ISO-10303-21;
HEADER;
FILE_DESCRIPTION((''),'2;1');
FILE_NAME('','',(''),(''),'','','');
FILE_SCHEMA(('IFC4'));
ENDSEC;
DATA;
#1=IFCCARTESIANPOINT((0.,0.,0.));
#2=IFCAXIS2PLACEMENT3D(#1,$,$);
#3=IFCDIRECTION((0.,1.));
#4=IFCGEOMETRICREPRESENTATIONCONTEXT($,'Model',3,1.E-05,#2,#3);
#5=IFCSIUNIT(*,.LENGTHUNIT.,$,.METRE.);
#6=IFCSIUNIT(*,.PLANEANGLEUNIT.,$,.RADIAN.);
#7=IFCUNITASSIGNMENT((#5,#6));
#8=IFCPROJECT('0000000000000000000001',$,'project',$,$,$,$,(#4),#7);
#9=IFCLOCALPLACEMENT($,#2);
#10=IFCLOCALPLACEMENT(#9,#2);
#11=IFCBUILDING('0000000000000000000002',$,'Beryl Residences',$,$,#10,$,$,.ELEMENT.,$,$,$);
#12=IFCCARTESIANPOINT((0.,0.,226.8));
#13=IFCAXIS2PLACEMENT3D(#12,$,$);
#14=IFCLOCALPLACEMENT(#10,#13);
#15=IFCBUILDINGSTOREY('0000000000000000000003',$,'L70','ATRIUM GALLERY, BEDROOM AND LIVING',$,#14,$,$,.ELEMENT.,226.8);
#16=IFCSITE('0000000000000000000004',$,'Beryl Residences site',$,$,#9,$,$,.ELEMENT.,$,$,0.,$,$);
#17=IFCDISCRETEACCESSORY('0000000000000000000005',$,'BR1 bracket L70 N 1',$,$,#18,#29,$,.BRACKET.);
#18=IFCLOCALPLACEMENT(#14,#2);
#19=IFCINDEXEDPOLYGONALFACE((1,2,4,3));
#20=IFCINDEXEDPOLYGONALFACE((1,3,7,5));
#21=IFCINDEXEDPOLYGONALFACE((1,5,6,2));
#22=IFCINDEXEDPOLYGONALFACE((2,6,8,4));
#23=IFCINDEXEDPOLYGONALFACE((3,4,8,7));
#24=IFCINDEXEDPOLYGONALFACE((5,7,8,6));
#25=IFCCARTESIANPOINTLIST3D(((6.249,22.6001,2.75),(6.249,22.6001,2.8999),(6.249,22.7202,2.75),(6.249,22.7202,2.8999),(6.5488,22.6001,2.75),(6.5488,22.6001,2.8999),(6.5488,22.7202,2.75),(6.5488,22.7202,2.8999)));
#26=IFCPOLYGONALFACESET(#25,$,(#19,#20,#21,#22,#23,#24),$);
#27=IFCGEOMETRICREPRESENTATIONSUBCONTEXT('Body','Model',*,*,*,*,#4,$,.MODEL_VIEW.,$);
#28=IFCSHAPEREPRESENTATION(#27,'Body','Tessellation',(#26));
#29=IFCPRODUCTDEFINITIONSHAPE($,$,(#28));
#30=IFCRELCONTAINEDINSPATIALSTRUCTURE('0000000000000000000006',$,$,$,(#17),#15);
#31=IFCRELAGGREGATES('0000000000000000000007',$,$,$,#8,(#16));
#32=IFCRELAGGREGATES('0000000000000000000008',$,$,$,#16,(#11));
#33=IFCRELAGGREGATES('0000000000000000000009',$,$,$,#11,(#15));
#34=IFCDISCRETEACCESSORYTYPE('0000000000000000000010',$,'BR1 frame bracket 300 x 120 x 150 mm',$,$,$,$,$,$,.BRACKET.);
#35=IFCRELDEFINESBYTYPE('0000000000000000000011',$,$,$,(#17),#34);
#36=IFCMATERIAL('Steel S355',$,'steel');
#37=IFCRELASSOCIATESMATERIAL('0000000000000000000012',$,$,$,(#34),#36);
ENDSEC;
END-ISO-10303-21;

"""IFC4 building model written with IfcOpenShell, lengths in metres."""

from ifc_helpers import new_model, si_unit, direction, frame, origin, place, context, subcontext, project, spatial, polyline, outline, extrude, source, transform, mapped, material, type_object, type_shapes, element, save


model = new_model("IFC4")

# Units and contexts
model_context = context("Model", 3, precision=1e-05, world=origin(), true_north=direction((0.0, 1.0)))
body_context = subcontext(model_context, "Body", "Model", "MODEL_VIEW")
ifc_project = project(units=[si_unit("LENGTHUNIT", "METRE"), si_unit("PLANEANGLEUNIT", "RADIAN")], contexts=[model_context])

# Site, building, storey
site_placement = place(None, origin())
site = spatial("IfcSite", under=ifc_project, at=site_placement, Name="Beryl Residences site", CompositionType="ELEMENT", RefElevation=0.0)
building_placement = place(site_placement, origin())
building = spatial("IfcBuilding", under=site, at=building_placement, Name="Beryl Residences", CompositionType="ELEMENT")
storey_placement = place(building_placement, frame((0.0, 0.0, 226.8)))
storey = spatial("IfcBuildingStorey", under=building, at=storey_placement, Name="L70", Description="ATRIUM GALLERY, BEDROOM AND LIVING", CompositionType="ELEMENT", Elevation=226.8)

# Discrete accessory
ifc_material_1 = material(Name="Steel S355", Category="steel")
discrete_accessory_type = type_object("IfcDiscreteAccessoryType", Name="BR1 frame bracket 300 x 120 x 150 mm", PredefinedType="BRACKET", material=ifc_material_1)
shared_shape_1 = source(origin(), body_context, "Body", "SweptSolid", [
    extrude(outline(polyline([(-0.1499, 0.0), (0.1499, 0.0), (0.1499, 0.1201), (-0.1499, 0.1201), (-0.1499, 0.0)])), origin(), (0.0, 0.0, 1.0), 0.1499),
])
type_shapes(discrete_accessory_type, [shared_shape_1])
discrete_accessory_placement = place(storey_placement, frame((6.3989, 22.6001, 2.75), z_axis=(0.0, 0.0, 1.0), x_axis=(1.0, 0.0, 0.0)))
element("IfcDiscreteAccessory", 1, at=discrete_accessory_placement, inside=storey, type_object=discrete_accessory_type, Name="BR1 bracket L70 N 1", PredefinedType="BRACKET", context=body_context, shape_type="MappedRepresentation", body=[
    mapped(shared_shape_1, transform((0.0, 0.0, 0.0))),
])

save(model, "model.ifc")
